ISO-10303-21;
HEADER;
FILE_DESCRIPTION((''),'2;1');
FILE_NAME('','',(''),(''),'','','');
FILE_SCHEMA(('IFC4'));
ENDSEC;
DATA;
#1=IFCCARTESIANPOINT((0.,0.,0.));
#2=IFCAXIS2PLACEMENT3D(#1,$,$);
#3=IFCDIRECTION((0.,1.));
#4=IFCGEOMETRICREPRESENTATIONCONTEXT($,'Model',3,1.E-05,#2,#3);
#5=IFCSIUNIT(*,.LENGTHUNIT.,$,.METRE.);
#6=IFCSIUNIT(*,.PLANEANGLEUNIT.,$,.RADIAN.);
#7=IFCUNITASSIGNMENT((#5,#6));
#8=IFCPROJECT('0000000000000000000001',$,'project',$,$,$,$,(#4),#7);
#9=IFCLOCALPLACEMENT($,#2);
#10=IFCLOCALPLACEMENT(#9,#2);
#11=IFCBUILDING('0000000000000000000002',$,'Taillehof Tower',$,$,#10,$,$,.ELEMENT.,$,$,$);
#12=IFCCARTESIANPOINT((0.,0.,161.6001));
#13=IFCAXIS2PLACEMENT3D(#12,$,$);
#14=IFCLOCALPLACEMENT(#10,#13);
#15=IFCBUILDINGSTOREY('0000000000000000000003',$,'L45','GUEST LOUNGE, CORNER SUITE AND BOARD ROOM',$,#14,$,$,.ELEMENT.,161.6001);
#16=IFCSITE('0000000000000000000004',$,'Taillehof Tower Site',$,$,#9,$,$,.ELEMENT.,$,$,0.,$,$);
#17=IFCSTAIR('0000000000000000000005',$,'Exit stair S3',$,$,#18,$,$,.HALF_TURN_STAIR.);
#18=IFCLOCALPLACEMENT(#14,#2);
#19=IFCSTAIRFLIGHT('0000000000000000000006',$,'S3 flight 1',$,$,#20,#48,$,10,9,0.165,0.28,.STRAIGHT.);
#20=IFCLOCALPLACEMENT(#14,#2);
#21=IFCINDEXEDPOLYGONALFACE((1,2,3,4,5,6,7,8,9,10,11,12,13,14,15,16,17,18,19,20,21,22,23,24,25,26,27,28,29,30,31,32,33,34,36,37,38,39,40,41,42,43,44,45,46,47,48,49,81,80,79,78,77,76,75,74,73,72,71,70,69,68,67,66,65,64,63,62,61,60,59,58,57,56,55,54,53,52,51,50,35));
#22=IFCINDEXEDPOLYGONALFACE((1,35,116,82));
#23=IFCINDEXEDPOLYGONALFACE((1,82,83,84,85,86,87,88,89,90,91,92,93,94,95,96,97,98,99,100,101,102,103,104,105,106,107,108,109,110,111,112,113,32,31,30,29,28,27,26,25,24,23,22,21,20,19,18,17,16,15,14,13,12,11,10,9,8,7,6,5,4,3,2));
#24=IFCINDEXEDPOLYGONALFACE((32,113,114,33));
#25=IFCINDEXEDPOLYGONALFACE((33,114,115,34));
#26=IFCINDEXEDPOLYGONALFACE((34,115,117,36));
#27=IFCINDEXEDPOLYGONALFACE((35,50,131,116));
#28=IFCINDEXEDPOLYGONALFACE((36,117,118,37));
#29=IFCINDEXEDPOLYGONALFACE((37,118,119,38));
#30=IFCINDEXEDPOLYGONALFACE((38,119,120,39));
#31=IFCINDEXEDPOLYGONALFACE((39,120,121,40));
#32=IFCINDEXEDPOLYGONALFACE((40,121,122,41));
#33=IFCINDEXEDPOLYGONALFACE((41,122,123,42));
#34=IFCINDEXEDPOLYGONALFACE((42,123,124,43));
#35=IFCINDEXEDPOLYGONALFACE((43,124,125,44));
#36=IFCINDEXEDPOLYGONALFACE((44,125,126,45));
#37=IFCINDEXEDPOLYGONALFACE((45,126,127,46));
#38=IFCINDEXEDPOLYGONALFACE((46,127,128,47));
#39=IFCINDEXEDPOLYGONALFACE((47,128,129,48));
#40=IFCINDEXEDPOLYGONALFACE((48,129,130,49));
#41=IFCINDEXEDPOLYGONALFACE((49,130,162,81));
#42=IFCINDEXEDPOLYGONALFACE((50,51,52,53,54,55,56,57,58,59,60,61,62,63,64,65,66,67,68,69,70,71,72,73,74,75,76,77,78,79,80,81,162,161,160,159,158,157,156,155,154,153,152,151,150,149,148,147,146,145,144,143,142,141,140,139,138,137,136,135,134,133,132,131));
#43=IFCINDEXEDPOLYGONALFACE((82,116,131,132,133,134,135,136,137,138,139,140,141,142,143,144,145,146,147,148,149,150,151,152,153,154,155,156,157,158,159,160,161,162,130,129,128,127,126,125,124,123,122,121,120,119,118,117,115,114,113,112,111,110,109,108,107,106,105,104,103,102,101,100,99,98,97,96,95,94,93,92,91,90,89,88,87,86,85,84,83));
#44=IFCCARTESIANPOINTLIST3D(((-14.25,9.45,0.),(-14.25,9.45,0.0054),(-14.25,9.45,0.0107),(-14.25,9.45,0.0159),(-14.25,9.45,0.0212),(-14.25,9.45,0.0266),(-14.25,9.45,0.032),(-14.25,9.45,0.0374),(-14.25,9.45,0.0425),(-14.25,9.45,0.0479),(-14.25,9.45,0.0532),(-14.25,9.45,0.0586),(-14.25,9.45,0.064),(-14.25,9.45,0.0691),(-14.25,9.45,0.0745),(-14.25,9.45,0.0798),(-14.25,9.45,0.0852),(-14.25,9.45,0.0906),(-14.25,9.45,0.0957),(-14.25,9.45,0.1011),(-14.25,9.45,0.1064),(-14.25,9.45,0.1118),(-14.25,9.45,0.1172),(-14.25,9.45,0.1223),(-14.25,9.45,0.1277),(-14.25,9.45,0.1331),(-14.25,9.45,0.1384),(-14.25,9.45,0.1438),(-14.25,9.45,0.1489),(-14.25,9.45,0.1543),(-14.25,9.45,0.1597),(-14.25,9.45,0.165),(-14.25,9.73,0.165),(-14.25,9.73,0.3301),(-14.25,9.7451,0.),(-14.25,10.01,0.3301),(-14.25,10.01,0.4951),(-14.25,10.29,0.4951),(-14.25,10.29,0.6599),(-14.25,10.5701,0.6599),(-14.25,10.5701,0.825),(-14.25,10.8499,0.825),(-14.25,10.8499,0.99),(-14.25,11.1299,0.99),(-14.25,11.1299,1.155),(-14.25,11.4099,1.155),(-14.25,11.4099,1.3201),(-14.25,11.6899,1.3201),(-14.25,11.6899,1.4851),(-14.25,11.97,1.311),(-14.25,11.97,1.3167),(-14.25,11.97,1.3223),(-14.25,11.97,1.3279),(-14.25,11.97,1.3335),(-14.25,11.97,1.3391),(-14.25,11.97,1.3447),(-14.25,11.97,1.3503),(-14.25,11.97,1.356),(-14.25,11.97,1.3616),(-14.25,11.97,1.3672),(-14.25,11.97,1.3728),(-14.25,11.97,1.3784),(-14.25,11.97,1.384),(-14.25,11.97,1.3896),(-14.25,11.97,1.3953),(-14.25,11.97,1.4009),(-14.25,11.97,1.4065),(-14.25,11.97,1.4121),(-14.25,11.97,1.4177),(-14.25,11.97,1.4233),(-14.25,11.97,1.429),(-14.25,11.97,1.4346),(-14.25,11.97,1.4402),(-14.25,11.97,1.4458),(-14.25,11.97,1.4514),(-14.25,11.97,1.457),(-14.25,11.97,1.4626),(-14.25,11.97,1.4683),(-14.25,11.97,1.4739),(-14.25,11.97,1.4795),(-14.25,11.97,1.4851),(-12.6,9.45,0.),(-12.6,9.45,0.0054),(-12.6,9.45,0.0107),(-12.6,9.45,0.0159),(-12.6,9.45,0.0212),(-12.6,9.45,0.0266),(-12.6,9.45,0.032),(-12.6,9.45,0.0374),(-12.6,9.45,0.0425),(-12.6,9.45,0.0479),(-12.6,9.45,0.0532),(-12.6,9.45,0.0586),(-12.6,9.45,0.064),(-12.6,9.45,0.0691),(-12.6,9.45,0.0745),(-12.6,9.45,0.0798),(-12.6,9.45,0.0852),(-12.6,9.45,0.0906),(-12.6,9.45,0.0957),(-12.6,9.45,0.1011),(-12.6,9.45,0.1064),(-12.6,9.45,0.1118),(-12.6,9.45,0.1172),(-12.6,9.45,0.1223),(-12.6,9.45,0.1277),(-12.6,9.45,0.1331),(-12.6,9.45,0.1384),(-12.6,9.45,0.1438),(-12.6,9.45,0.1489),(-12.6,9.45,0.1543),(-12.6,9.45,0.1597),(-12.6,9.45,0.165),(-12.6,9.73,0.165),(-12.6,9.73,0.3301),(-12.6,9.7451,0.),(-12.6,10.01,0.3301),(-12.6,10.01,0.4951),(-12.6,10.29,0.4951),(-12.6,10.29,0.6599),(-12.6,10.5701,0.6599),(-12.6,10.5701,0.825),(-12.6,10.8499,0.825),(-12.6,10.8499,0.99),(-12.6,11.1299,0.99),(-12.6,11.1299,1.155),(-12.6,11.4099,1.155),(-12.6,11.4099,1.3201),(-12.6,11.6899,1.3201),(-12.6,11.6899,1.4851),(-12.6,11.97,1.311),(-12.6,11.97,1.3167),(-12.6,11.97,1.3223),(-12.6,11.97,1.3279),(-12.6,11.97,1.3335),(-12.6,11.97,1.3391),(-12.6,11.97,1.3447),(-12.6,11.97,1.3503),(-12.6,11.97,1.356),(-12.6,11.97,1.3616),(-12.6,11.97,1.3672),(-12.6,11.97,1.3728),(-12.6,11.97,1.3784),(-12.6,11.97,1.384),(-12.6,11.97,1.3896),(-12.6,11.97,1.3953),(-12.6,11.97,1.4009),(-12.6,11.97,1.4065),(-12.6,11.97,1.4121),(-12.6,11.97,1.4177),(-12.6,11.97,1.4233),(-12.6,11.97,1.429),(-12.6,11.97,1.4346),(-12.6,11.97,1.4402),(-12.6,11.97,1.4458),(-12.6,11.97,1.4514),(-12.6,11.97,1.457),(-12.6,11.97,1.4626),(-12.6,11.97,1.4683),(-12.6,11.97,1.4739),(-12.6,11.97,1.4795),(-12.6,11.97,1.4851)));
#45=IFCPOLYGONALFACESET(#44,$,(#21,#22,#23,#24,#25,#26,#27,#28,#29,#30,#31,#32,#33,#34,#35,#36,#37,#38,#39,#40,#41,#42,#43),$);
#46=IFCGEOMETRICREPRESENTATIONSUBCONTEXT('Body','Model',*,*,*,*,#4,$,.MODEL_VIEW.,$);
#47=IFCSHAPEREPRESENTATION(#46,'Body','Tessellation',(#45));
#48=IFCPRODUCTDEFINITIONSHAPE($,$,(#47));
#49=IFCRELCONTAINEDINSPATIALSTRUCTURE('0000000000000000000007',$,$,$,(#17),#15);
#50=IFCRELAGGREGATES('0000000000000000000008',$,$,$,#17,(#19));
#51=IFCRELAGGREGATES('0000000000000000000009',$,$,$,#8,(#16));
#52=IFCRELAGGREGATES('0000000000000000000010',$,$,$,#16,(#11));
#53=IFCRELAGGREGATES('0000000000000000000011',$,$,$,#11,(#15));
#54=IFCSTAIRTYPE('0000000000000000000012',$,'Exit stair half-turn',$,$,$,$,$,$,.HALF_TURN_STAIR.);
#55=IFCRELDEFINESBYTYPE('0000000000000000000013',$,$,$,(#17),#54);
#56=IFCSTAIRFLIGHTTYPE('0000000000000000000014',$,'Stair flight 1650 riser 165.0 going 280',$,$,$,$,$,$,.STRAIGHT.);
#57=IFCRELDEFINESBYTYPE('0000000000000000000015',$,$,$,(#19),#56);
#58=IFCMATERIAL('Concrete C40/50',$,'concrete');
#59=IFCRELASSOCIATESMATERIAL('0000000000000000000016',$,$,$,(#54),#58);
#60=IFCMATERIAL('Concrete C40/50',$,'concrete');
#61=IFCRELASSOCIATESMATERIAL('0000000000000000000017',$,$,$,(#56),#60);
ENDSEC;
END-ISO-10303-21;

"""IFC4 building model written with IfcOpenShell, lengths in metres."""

from ifc_helpers import new_model, si_unit, direction, frame, origin, place, context, subcontext, project, spatial, polyline, outline, extrude, material, type_object, element, aggregate, save


model = new_model("IFC4")

# Units and contexts
model_context = context("Model", 3, precision=1e-05, world=origin(), true_north=direction((0.0, 1.0)))
body_context = subcontext(model_context, "Body", "Model", "MODEL_VIEW")
ifc_project = project(units=[si_unit("LENGTHUNIT", "METRE"), si_unit("PLANEANGLEUNIT", "RADIAN")], contexts=[model_context])

# Site, building, storey
site_placement = place(None, origin())
site = spatial("IfcSite", under=ifc_project, at=site_placement, Name="Taillehof Tower Site", CompositionType="ELEMENT", RefElevation=0.0)
building_placement = place(site_placement, origin())
building = spatial("IfcBuilding", under=site, at=building_placement, Name="Taillehof Tower", CompositionType="ELEMENT")
storey_placement = place(building_placement, frame((0.0, 0.0, 161.6001)))
storey = spatial("IfcBuildingStorey", under=building, at=storey_placement, Name="L45", Description="GUEST LOUNGE, CORNER SUITE AND BOARD ROOM", CompositionType="ELEMENT", Elevation=161.6001)

# Stair, stair flight
ifc_material_1 = material(Name="Concrete C40/50", Category="concrete")
stair_type = type_object("IfcStairType", Name="Exit stair half-turn", PredefinedType="HALF_TURN_STAIR", material=ifc_material_1)
stair_placement = place(storey_placement, origin())
stair = element("IfcStair", 1, at=stair_placement, inside=storey, type_object=stair_type, Name="Exit stair S3", PredefinedType="HALF_TURN_STAIR")
ifc_material_2 = material(Name="Concrete C40/50", Category="concrete")
stair_flight_type = type_object("IfcStairFlightType", Name="Stair flight 1650 riser 165.0 going 280", PredefinedType="STRAIGHT", material=ifc_material_2)
stair_flight_placement = place(storey_placement, frame((-13.425, 9.45, 0.0), z_axis=(0.0, 0.0, 1.0), x_axis=(0.0, 1.0, 0.0)))
stair_flight = element("IfcStairFlight", 2, at=stair_flight_placement, type_object=stair_flight_type, Name="S3 flight 1", NumberOfRisers=10, NumberOfTreads=9, PredefinedType="STRAIGHT", RiserHeight=0.165, TreadLength=0.28, context=body_context, shape_type="SweptSolid", body=[
    extrude(outline(polyline([(0.0, 0.0), (0.0, 0.0054), (0.0, 0.0107), (0.0, 0.0159), (0.0, 0.0212), (0.0, 0.0266), (0.0, 0.032), (0.0, 0.0374), (0.0, 0.0425), (0.0, 0.0479), (0.0, 0.0532), (0.0, 0.0586), (0.0, 0.064), (0.0, 0.0691), (0.0, 0.0745), (0.0, 0.0798), (0.0, 0.0852), (0.0, 0.0906), (0.0, 0.0957), (0.0, 0.1011), (0.0, 0.1064), (0.0, 0.1118), (0.0, 0.1172), (0.0, 0.1223), (0.0, 0.1277), (0.0, 0.1331), (0.0, 0.1384), (0.0, 0.1438), (0.0, 0.1489), (0.0, 0.1543), (0.0, 0.1597), (0.0, 0.165), (0.28, 0.165), (0.28, 0.3301), (0.5601, 0.3301), (0.5601, 0.4951), (0.8401, 0.4951), (0.8401, 0.6599), (1.1201, 0.6599), (1.1201, 0.825), (1.3999, 0.825), (1.3999, 0.99), (1.6799, 0.99), (1.6799, 1.155), (1.96, 1.155), (1.96, 1.3201), (2.24, 1.3201), (2.24, 1.4851), (2.52, 1.4851), (2.52, 1.4795), (2.52, 1.4739), (2.52, 1.4683), (2.52, 1.4626), (2.52, 1.457), (2.52, 1.4514), (2.52, 1.4458), (2.52, 1.4402), (2.52, 1.4346), (2.52, 1.429), (2.52, 1.4233), (2.52, 1.4177), (2.52, 1.4121), (2.52, 1.4065), (2.52, 1.4009), (2.52, 1.3953), (2.52, 1.3896), (2.52, 1.384), (2.52, 1.3784), (2.52, 1.3728), (2.52, 1.3672), (2.52, 1.3616), (2.52, 1.356), (2.52, 1.3503), (2.52, 1.3447), (2.52, 1.3391), (2.52, 1.3335), (2.52, 1.3279), (2.52, 1.3223), (2.52, 1.3167), (2.52, 1.311), (0.2952, 0.0), (0.0, 0.0)])), frame((0.0, 0.825, 0.0), z_axis=(0.0, -1.0, 0.0), x_axis=(1.0, 0.0, 0.0)), (0.0, 0.0, 1.0), 1.65),
])
aggregate(stair, [stair_flight])

save(model, "model.ifc")
